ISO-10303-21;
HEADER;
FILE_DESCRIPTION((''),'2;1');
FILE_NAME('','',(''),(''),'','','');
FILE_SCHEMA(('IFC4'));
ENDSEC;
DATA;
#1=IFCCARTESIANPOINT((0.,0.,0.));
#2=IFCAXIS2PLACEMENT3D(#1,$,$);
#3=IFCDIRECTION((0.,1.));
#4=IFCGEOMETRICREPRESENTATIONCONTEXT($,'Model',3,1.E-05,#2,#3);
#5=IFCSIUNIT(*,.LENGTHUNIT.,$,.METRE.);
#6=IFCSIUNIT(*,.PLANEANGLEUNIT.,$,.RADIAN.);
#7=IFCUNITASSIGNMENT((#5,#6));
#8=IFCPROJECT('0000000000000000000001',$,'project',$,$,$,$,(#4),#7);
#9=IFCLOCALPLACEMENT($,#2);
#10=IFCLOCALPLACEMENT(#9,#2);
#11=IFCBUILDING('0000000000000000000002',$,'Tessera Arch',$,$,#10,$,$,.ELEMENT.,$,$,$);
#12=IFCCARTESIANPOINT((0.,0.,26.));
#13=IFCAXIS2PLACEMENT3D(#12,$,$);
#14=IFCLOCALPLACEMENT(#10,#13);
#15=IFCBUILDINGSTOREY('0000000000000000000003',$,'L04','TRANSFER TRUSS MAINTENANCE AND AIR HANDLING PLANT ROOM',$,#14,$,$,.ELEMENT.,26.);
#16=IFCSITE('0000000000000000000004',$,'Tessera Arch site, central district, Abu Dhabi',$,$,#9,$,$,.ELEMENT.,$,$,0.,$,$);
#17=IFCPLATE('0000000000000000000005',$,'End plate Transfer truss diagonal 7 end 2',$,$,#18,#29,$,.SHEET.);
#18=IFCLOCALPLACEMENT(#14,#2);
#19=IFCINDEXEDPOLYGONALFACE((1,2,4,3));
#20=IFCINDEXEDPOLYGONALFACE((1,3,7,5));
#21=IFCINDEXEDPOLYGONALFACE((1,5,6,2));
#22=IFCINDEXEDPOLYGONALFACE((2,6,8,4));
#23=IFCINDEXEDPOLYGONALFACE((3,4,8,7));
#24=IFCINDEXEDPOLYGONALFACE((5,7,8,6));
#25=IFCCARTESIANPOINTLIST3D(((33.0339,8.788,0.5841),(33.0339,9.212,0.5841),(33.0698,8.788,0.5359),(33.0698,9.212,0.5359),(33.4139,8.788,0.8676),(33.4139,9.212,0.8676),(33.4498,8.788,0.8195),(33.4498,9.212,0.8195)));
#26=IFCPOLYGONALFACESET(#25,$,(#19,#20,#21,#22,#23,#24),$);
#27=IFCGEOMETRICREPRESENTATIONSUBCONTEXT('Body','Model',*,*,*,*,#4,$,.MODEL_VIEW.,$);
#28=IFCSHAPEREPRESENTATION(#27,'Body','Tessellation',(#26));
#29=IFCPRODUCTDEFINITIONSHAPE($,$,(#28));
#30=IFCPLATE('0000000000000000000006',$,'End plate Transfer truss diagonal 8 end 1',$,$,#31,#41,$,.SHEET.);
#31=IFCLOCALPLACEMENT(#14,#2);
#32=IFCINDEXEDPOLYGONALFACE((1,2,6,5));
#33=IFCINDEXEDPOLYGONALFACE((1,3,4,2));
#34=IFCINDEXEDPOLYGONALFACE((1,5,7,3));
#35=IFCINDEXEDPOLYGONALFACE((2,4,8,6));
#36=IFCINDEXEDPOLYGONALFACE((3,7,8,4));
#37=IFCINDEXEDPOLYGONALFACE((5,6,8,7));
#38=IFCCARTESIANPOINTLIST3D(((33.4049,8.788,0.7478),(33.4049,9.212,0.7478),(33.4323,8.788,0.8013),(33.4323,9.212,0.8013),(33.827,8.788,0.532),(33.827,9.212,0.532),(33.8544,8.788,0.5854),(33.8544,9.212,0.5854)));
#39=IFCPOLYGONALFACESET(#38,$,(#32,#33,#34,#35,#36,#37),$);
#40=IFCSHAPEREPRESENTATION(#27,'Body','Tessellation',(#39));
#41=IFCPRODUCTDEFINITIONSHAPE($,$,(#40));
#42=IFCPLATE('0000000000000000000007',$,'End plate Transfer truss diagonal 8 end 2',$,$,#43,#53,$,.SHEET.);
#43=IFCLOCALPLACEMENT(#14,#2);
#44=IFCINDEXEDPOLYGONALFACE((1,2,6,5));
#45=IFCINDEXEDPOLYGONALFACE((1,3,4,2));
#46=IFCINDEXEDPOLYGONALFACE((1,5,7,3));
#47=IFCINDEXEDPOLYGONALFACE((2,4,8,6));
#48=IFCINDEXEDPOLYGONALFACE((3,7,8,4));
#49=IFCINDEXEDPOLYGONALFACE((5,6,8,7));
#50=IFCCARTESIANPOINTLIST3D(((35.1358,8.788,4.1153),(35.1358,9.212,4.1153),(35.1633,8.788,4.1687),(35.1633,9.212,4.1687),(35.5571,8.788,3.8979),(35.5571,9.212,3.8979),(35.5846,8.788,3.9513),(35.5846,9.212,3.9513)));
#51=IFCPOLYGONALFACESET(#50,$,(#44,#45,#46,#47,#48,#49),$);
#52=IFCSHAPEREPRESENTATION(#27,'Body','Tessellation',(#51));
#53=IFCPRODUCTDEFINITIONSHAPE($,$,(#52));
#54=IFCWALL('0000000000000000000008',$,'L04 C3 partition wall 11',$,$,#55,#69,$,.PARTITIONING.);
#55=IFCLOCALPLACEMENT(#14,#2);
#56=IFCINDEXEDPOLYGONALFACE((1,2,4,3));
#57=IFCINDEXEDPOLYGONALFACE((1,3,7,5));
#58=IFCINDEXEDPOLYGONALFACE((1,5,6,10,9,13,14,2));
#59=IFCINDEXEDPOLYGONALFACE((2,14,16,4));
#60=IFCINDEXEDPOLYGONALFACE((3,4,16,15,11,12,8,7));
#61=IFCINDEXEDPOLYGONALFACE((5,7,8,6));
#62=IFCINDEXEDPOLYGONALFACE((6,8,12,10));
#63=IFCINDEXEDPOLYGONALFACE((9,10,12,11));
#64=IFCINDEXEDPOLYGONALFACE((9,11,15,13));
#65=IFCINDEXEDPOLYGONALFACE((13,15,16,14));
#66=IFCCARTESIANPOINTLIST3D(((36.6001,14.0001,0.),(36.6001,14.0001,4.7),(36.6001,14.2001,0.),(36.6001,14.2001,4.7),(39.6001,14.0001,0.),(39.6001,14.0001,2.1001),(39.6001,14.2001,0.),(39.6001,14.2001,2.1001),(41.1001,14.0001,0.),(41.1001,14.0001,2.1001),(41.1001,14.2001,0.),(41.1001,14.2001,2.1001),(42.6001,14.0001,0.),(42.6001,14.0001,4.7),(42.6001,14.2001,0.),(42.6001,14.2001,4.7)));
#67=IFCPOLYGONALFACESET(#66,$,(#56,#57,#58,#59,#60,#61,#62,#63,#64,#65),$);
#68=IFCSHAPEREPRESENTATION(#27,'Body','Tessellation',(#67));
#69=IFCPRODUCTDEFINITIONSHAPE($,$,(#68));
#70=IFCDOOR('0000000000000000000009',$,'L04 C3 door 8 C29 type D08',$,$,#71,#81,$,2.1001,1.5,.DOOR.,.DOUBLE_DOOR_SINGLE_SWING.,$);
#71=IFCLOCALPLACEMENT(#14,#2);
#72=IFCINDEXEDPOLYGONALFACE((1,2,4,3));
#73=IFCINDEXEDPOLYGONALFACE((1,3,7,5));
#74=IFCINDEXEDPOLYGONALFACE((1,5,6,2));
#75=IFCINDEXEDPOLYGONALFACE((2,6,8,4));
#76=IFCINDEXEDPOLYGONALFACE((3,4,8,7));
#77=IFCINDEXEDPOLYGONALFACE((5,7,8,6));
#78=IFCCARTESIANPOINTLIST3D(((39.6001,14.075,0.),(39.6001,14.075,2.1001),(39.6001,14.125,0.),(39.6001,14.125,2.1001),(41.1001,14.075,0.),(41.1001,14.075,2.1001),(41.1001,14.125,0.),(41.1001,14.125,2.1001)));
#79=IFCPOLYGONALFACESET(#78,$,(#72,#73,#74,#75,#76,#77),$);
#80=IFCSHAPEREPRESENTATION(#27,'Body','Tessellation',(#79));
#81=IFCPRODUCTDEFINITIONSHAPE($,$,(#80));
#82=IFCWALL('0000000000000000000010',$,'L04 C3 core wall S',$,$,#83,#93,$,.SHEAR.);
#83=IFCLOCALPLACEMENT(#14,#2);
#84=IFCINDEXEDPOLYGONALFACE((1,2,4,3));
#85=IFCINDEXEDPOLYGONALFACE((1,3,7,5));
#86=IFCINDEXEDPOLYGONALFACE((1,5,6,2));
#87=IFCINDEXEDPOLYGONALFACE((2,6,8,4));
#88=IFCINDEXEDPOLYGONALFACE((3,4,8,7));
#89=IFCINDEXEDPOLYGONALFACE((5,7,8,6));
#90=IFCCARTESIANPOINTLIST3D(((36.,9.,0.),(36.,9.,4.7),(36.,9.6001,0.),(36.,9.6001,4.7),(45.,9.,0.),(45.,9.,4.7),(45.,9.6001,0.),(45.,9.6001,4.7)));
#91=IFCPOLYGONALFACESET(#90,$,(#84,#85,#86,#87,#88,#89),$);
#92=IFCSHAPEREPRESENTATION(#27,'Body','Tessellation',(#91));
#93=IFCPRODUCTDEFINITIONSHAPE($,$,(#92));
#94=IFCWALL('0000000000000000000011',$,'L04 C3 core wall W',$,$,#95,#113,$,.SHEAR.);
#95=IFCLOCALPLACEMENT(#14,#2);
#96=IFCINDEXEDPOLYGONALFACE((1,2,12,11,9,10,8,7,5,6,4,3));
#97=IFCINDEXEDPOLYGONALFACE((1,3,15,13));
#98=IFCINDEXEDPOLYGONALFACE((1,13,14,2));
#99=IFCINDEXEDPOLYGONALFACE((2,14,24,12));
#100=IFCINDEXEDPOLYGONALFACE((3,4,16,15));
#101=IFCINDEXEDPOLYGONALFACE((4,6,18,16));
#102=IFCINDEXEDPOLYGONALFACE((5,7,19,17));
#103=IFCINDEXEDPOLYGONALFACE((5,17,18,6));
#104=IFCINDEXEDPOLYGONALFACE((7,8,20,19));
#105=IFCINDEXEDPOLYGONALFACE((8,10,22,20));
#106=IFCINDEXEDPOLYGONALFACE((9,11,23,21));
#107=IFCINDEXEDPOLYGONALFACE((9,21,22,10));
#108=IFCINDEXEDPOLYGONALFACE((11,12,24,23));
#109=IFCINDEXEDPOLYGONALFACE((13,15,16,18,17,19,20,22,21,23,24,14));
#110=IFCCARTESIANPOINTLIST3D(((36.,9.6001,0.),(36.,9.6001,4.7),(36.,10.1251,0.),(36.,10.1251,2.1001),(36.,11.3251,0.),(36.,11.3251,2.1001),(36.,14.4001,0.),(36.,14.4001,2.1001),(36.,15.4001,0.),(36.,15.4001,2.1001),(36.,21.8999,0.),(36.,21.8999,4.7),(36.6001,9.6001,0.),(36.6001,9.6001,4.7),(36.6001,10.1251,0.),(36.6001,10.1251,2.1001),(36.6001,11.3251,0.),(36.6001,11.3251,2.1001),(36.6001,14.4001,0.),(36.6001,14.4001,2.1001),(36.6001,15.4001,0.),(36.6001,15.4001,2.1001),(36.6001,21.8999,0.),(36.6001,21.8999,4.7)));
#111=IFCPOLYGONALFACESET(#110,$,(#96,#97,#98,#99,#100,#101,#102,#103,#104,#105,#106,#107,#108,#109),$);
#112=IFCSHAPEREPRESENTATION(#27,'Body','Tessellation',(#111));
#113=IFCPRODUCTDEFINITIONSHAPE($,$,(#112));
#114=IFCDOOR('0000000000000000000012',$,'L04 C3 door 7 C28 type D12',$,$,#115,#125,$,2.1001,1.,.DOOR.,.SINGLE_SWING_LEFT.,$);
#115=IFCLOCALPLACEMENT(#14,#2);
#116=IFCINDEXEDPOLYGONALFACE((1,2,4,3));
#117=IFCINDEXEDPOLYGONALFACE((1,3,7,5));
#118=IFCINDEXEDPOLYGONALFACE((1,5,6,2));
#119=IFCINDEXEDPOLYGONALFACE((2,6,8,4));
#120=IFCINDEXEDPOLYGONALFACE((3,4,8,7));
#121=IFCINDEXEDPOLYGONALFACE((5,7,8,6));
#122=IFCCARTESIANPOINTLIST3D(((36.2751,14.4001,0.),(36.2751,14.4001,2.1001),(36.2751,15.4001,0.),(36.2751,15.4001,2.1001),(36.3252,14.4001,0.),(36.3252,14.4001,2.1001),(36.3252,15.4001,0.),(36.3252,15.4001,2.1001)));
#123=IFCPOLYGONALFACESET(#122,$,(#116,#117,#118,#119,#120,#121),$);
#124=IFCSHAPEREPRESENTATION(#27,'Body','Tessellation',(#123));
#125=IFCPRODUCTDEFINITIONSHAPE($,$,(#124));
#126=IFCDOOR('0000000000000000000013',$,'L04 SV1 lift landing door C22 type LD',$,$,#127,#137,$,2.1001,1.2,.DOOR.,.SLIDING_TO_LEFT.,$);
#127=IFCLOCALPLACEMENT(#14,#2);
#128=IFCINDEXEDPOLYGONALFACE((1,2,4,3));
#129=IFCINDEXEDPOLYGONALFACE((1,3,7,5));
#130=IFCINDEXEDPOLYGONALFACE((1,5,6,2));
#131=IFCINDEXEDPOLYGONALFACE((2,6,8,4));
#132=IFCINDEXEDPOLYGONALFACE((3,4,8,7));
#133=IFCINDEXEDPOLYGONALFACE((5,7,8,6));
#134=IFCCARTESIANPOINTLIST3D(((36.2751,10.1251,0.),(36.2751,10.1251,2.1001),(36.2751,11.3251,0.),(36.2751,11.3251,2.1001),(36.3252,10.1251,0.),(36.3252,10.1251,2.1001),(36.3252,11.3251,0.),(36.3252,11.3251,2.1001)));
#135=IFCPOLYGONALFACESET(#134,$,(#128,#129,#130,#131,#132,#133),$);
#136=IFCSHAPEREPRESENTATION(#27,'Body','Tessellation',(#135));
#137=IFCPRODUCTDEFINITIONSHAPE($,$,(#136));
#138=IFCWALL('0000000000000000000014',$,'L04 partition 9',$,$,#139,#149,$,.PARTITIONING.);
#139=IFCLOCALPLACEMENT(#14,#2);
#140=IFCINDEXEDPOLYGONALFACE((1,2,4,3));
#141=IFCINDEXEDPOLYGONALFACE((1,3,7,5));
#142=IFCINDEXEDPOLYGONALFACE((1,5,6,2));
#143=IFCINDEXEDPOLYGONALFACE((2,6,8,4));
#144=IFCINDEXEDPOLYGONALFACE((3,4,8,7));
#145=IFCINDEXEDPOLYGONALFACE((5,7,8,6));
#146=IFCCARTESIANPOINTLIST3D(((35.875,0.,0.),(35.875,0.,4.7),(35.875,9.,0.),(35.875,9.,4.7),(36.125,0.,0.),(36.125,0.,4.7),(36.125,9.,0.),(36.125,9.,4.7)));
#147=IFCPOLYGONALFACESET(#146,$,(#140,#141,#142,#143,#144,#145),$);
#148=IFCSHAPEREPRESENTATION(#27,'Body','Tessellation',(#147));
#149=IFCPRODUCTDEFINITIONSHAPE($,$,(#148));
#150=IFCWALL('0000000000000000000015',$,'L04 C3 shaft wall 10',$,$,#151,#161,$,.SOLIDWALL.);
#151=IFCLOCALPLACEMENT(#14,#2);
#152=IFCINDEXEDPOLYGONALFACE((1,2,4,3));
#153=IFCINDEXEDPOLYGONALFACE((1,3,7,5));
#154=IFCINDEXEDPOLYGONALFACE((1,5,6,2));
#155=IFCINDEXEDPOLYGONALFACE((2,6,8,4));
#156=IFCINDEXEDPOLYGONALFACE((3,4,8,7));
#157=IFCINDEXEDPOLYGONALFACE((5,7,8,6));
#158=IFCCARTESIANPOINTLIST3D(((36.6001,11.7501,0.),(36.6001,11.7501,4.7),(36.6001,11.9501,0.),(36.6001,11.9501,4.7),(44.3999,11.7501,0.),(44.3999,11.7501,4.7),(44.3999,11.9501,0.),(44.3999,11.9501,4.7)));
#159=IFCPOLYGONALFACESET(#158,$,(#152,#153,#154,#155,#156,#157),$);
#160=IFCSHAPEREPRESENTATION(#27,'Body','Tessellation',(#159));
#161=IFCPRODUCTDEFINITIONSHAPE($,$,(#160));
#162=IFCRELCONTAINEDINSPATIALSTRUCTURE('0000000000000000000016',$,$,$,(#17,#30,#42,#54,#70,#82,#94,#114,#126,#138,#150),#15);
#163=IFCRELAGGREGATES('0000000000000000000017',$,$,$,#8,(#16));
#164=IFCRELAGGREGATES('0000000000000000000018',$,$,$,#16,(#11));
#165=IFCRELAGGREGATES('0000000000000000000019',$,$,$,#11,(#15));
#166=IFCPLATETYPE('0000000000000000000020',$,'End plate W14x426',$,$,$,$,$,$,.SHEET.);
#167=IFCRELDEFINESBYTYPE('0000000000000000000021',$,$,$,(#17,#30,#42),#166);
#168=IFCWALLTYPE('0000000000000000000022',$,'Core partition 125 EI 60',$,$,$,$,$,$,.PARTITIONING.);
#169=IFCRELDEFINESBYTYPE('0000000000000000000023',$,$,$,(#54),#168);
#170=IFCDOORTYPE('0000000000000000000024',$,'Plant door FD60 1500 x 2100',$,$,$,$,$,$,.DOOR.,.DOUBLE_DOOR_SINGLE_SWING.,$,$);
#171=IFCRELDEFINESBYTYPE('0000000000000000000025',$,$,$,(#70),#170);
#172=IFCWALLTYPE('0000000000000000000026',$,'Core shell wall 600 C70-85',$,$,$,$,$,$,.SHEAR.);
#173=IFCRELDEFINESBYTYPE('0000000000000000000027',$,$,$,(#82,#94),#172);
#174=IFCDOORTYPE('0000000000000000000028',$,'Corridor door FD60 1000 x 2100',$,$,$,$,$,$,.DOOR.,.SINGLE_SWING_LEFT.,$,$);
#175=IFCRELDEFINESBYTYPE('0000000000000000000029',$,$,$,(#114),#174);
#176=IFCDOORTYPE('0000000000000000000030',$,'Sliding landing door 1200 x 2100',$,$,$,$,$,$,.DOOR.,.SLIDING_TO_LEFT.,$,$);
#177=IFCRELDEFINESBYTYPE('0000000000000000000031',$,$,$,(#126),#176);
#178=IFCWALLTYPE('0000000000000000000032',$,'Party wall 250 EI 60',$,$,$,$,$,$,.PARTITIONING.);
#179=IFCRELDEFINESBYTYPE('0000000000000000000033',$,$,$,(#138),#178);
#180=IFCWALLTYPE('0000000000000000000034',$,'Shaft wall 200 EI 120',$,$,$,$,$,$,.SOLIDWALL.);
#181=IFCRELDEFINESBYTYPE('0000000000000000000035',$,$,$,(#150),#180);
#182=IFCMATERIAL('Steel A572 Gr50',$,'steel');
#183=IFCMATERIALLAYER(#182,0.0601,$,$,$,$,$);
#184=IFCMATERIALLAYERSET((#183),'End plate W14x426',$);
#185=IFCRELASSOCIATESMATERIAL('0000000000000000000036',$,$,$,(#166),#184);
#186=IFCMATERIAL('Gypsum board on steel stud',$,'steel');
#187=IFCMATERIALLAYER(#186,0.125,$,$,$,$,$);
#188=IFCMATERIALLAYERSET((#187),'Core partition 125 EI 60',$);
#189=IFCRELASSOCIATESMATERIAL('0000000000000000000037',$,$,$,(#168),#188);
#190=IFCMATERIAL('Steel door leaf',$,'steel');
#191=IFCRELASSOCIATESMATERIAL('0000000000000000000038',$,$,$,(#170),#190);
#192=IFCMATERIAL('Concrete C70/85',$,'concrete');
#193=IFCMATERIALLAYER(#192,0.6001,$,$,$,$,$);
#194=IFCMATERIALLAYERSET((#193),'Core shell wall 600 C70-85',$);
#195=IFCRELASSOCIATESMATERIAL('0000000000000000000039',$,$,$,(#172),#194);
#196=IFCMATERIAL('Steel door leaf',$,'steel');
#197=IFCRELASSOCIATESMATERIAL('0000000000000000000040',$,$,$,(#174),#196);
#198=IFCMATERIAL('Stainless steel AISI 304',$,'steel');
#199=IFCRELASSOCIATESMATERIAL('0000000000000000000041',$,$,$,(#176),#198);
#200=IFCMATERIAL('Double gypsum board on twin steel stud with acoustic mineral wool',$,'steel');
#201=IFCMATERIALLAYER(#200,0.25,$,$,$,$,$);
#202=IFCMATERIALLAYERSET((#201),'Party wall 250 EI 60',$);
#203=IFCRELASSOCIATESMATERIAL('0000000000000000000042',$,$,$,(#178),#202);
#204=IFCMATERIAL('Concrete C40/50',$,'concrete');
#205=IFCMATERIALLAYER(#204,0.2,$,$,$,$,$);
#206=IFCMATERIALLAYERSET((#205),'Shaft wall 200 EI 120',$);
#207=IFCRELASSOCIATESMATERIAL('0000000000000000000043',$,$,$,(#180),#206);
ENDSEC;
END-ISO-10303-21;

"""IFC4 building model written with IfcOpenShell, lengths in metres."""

from ifc_helpers import new_model, si_unit, direction, frame, frame_2d, origin, origin_2d, place, context, subcontext, project, spatial, rectangle, extrude, material, layer, layer_set, type_object, element, fill, save


model = new_model("IFC4")

# Units and contexts
model_context = context("Model", 3, precision=1e-05, world=origin(), true_north=direction((0.0, 1.0)))
body_context = subcontext(model_context, "Body", "Model", "MODEL_VIEW")
ifc_project = project(units=[si_unit("LENGTHUNIT", "METRE"), si_unit("PLANEANGLEUNIT", "RADIAN")], contexts=[model_context])

# Site, building, storey
site_placement = place(None, origin())
site = spatial("IfcSite", under=ifc_project, at=site_placement, Name="Tessera Arch site, central district, Abu Dhabi", CompositionType="ELEMENT", RefElevation=0.0)
building_placement = place(site_placement, origin())
building = spatial("IfcBuilding", under=site, at=building_placement, Name="Tessera Arch", CompositionType="ELEMENT")
storey_placement = place(building_placement, frame((0.0, 0.0, 26.0)))
storey = spatial("IfcBuildingStorey", under=building, at=storey_placement, Name="L04", Description="TRANSFER TRUSS MAINTENANCE AND AIR HANDLING PLANT ROOM", CompositionType="ELEMENT", Elevation=26.0)

# Plates
ifc_material_1 = material(Name="Steel A572 Gr50", Category="steel")
ifc_layer_1 = layer(ifc_material_1, 0.0601)
ifc_layer_set_1 = layer_set([ifc_layer_1], Name="End plate W14x426")
plate_type = type_object("IfcPlateType", Name="End plate W14x426", PredefinedType="SHEET", material=ifc_layer_set_1)
for number, where, z_axis, x_axis, name in (
    (1, (33.2239, 9.0, 0.7258), (0.598045, 0.0, -0.801462), (0.0, 1.0, 0.0), "End plate Transfer truss diagonal 7 end 2"),
    (2, (33.616, 9.0, 0.6399), (0.455326, 0.0, 0.890325), (0.0, 1.0, 0.0), "End plate Transfer truss diagonal 8 end 1"),
    (3, (35.3464, 9.0, 4.0066), (0.45854, 0.0, 0.888674), (0.0, 1.0, 0.0), "End plate Transfer truss diagonal 8 end 2"),
):
    element("IfcPlate", number, at=place(storey_placement, frame(where, z_axis=z_axis, x_axis=x_axis)), inside=storey, type_object=plate_type, Name=name, PredefinedType="SHEET", context=body_context, shape_type="SweptSolid", body=[
        extrude(rectangle(XDim=0.4241, YDim=0.4741, at=origin_2d()), origin(), (0.0, 0.0, 1.0), 0.0601),
    ])

# Wall, opening, door
ifc_material_2 = material(Name="Gypsum board on steel stud", Category="steel")
ifc_layer_2 = layer(ifc_material_2, 0.125)
ifc_layer_set_2 = layer_set([ifc_layer_2], Name="Core partition 125 EI 60")
wall_type_1 = type_object("IfcWallType", Name="Core partition 125 EI 60", PredefinedType="PARTITIONING", material=ifc_layer_set_2)
wall_1_placement = place(storey_placement, frame((36.6001, 14.1001, 0.0), z_axis=(0.0, 0.0, 1.0), x_axis=(1.0, 0.0, 0.0)))
wall_1 = element("IfcWall", 4, at=wall_1_placement, inside=storey, type_object=wall_type_1, Name="L04 C3 partition wall 11", PredefinedType="PARTITIONING", context=body_context, shape_type="SweptSolid", body=[
    extrude(rectangle(XDim=6.0, YDim=0.2, at=frame_2d((3.0, 0.0))), origin(), (0.0, 0.0, 1.0), 4.7),
])
opening_1_placement = place(wall_1_placement, frame((3.0, 0.0, 0.0)))
opening_1 = element("IfcOpeningElement", 5, at=opening_1_placement, cuts=wall_1, PredefinedType="OPENING", context=body_context, shape_type="SweptSolid", body=[
    extrude(rectangle(XDim=1.5, YDim=2.1001, at=frame_2d((0.75, 1.05))), frame((0.0, 0.1099, 0.0), z_axis=(0.0, -1.0, 0.0), x_axis=(1.0, 0.0, 0.0)), (0.0, 0.0, 1.0), 0.22),
])
ifc_material_3 = material(Name="Steel door leaf", Category="steel")
door_type_1 = type_object("IfcDoorType", Name="Plant door FD60 1500 x 2100", OperationType="DOUBLE_DOOR_SINGLE_SWING", PredefinedType="DOOR", material=ifc_material_3)
door_1_placement = place(opening_1_placement, origin())
door_1 = element("IfcDoor", 6, at=door_1_placement, inside=storey, type_object=door_type_1, Name="L04 C3 door 8 C29 type D08", OperationType="DOUBLE_DOOR_SINGLE_SWING", OverallHeight=2.1001, OverallWidth=1.5, PredefinedType="DOOR", context=body_context, shape_type="SweptSolid", body=[
    extrude(rectangle(XDim=1.5, YDim=2.1001, at=frame_2d((0.75, 1.05))), frame((0.0, 0.0249, 0.0), z_axis=(0.0, -1.0, 0.0), x_axis=(1.0, 0.0, 0.0)), (0.0, 0.0, 1.0), 0.05),
])
fill(opening_1, door_1)

# Wall
ifc_material_4 = material(Name="Concrete C70/85", Category="concrete")
ifc_layer_3 = layer(ifc_material_4, 0.6001)
ifc_layer_set_3 = layer_set([ifc_layer_3], Name="Core shell wall 600 C70-85")
wall_type_2 = type_object("IfcWallType", Name="Core shell wall 600 C70-85", PredefinedType="SHEAR", material=ifc_layer_set_3)
wall_2_placement = place(storey_placement, frame((36.0, 9.3, 0.0), z_axis=(0.0, 0.0, 1.0), x_axis=(1.0, 0.0, 0.0)))
element("IfcWall", 7, at=wall_2_placement, inside=storey, type_object=wall_type_2, Name="L04 C3 core wall S", PredefinedType="SHEAR", context=body_context, shape_type="SweptSolid", body=[
    extrude(rectangle(XDim=9.0, YDim=0.6001, at=frame_2d((4.5, 0.0))), origin(), (0.0, 0.0, 1.0), 4.7),
])

# Wall, openings, doors
wall_3_placement = place(storey_placement, frame((36.3, 9.6001, 0.0), z_axis=(0.0, 0.0, 1.0), x_axis=(0.0, 1.0, 0.0)))
wall_3 = element("IfcWall", 8, at=wall_3_placement, inside=storey, type_object=wall_type_2, Name="L04 C3 core wall W", PredefinedType="SHEAR", context=body_context, shape_type="SweptSolid", body=[
    extrude(rectangle(XDim=12.2998, YDim=0.6001, at=frame_2d((6.1499, 0.0))), origin(), (0.0, 0.0, 1.0), 4.7),
])
opening_2_placement = place(wall_3_placement, frame((0.5249, 0.0, 0.0)))
opening_2 = element("IfcOpeningElement", 9, at=opening_2_placement, cuts=wall_3, PredefinedType="OPENING", context=body_context, shape_type="SweptSolid", body=[
    extrude(rectangle(XDim=1.2, YDim=2.1001, at=frame_2d((0.6001, 1.05))), frame((0.0, 0.3101, 0.0), z_axis=(0.0, -1.0, 0.0), x_axis=(1.0, 0.0, 0.0)), (0.0, 0.0, 1.0), 0.6201),
])
opening_3_placement = place(wall_3_placement, frame((4.8, 0.0, 0.0)))
opening_3 = element("IfcOpeningElement", 10, at=opening_3_placement, cuts=wall_3, PredefinedType="OPENING", context=body_context, shape_type="SweptSolid", body=[
    extrude(rectangle(XDim=1.0, YDim=2.1001, at=frame_2d((0.5, 1.05))), frame((0.0, 0.3101, 0.0), z_axis=(0.0, -1.0, 0.0), x_axis=(1.0, 0.0, 0.0)), (0.0, 0.0, 1.0), 0.6201),
])
ifc_material_5 = material(Name="Steel door leaf", Category="steel")
door_type_2 = type_object("IfcDoorType", Name="Corridor door FD60 1000 x 2100", OperationType="SINGLE_SWING_LEFT", PredefinedType="DOOR", material=ifc_material_5)
door_2_placement = place(opening_3_placement, origin())
door_2 = element("IfcDoor", 11, at=door_2_placement, inside=storey, type_object=door_type_2, Name="L04 C3 door 7 C28 type D12", OperationType="SINGLE_SWING_LEFT", OverallHeight=2.1001, OverallWidth=1.0, PredefinedType="DOOR", context=body_context, shape_type="SweptSolid", body=[
    extrude(rectangle(XDim=1.0, YDim=2.1001, at=frame_2d((0.5, 1.05))), frame((0.0, 0.0249, 0.0), z_axis=(0.0, -1.0, 0.0), x_axis=(1.0, 0.0, 0.0)), (0.0, 0.0, 1.0), 0.05),
])
fill(opening_3, door_2)
ifc_material_6 = material(Name="Stainless steel AISI 304", Category="steel")
door_type_3 = type_object("IfcDoorType", Name="Sliding landing door 1200 x 2100", OperationType="SLIDING_TO_LEFT", PredefinedType="DOOR", material=ifc_material_6)
door_3_placement = place(opening_2_placement, origin())
door_3 = element("IfcDoor", 12, at=door_3_placement, inside=storey, type_object=door_type_3, Name="L04 SV1 lift landing door C22 type LD", OperationType="SLIDING_TO_LEFT", OverallHeight=2.1001, OverallWidth=1.2, PredefinedType="DOOR", context=body_context, shape_type="SweptSolid", body=[
    extrude(rectangle(XDim=1.2, YDim=2.1001, at=frame_2d((0.6001, 1.05))), frame((0.0, 0.0249, 0.0), z_axis=(0.0, -1.0, 0.0), x_axis=(1.0, 0.0, 0.0)), (0.0, 0.0, 1.0), 0.05),
])
fill(opening_2, door_3)

# Walls
ifc_material_7 = material(Name="Double gypsum board on twin steel stud with acoustic mineral wool", Category="steel")
ifc_layer_4 = layer(ifc_material_7, 0.25)
ifc_layer_set_4 = layer_set([ifc_layer_4], Name="Party wall 250 EI 60")
wall_type_3 = type_object("IfcWallType", Name="Party wall 250 EI 60", PredefinedType="PARTITIONING", material=ifc_layer_set_4)
wall_4_placement = place(storey_placement, frame((36.0, 0.0, 0.0), z_axis=(0.0, 0.0, 1.0), x_axis=(0.0, 1.0, 0.0)))
element("IfcWall", 13, at=wall_4_placement, inside=storey, type_object=wall_type_3, Name="L04 partition 9", PredefinedType="PARTITIONING", context=body_context, shape_type="SweptSolid", body=[
    extrude(rectangle(XDim=9.0, YDim=0.25, at=frame_2d((4.5, 0.0))), origin(), (0.0, 0.0, 1.0), 4.7),
])
ifc_material_8 = material(Name="Concrete C40/50", Category="concrete")
ifc_layer_5 = layer(ifc_material_8, 0.2)
ifc_layer_set_5 = layer_set([ifc_layer_5], Name="Shaft wall 200 EI 120")
wall_type_4 = type_object("IfcWallType", Name="Shaft wall 200 EI 120", PredefinedType="SOLIDWALL", material=ifc_layer_set_5)
wall_5_placement = place(storey_placement, frame((36.6001, 11.8501, 0.0), z_axis=(0.0, 0.0, 1.0), x_axis=(1.0, 0.0, 0.0)))
element("IfcWall", 14, at=wall_5_placement, inside=storey, type_object=wall_type_4, Name="L04 C3 shaft wall 10", PredefinedType="SOLIDWALL", context=body_context, shape_type="SweptSolid", body=[
    extrude(rectangle(XDim=7.7998, YDim=0.2, at=frame_2d((3.8999, 0.0))), origin(), (0.0, 0.0, 1.0), 4.7),
])

save(model, "model.ifc")
